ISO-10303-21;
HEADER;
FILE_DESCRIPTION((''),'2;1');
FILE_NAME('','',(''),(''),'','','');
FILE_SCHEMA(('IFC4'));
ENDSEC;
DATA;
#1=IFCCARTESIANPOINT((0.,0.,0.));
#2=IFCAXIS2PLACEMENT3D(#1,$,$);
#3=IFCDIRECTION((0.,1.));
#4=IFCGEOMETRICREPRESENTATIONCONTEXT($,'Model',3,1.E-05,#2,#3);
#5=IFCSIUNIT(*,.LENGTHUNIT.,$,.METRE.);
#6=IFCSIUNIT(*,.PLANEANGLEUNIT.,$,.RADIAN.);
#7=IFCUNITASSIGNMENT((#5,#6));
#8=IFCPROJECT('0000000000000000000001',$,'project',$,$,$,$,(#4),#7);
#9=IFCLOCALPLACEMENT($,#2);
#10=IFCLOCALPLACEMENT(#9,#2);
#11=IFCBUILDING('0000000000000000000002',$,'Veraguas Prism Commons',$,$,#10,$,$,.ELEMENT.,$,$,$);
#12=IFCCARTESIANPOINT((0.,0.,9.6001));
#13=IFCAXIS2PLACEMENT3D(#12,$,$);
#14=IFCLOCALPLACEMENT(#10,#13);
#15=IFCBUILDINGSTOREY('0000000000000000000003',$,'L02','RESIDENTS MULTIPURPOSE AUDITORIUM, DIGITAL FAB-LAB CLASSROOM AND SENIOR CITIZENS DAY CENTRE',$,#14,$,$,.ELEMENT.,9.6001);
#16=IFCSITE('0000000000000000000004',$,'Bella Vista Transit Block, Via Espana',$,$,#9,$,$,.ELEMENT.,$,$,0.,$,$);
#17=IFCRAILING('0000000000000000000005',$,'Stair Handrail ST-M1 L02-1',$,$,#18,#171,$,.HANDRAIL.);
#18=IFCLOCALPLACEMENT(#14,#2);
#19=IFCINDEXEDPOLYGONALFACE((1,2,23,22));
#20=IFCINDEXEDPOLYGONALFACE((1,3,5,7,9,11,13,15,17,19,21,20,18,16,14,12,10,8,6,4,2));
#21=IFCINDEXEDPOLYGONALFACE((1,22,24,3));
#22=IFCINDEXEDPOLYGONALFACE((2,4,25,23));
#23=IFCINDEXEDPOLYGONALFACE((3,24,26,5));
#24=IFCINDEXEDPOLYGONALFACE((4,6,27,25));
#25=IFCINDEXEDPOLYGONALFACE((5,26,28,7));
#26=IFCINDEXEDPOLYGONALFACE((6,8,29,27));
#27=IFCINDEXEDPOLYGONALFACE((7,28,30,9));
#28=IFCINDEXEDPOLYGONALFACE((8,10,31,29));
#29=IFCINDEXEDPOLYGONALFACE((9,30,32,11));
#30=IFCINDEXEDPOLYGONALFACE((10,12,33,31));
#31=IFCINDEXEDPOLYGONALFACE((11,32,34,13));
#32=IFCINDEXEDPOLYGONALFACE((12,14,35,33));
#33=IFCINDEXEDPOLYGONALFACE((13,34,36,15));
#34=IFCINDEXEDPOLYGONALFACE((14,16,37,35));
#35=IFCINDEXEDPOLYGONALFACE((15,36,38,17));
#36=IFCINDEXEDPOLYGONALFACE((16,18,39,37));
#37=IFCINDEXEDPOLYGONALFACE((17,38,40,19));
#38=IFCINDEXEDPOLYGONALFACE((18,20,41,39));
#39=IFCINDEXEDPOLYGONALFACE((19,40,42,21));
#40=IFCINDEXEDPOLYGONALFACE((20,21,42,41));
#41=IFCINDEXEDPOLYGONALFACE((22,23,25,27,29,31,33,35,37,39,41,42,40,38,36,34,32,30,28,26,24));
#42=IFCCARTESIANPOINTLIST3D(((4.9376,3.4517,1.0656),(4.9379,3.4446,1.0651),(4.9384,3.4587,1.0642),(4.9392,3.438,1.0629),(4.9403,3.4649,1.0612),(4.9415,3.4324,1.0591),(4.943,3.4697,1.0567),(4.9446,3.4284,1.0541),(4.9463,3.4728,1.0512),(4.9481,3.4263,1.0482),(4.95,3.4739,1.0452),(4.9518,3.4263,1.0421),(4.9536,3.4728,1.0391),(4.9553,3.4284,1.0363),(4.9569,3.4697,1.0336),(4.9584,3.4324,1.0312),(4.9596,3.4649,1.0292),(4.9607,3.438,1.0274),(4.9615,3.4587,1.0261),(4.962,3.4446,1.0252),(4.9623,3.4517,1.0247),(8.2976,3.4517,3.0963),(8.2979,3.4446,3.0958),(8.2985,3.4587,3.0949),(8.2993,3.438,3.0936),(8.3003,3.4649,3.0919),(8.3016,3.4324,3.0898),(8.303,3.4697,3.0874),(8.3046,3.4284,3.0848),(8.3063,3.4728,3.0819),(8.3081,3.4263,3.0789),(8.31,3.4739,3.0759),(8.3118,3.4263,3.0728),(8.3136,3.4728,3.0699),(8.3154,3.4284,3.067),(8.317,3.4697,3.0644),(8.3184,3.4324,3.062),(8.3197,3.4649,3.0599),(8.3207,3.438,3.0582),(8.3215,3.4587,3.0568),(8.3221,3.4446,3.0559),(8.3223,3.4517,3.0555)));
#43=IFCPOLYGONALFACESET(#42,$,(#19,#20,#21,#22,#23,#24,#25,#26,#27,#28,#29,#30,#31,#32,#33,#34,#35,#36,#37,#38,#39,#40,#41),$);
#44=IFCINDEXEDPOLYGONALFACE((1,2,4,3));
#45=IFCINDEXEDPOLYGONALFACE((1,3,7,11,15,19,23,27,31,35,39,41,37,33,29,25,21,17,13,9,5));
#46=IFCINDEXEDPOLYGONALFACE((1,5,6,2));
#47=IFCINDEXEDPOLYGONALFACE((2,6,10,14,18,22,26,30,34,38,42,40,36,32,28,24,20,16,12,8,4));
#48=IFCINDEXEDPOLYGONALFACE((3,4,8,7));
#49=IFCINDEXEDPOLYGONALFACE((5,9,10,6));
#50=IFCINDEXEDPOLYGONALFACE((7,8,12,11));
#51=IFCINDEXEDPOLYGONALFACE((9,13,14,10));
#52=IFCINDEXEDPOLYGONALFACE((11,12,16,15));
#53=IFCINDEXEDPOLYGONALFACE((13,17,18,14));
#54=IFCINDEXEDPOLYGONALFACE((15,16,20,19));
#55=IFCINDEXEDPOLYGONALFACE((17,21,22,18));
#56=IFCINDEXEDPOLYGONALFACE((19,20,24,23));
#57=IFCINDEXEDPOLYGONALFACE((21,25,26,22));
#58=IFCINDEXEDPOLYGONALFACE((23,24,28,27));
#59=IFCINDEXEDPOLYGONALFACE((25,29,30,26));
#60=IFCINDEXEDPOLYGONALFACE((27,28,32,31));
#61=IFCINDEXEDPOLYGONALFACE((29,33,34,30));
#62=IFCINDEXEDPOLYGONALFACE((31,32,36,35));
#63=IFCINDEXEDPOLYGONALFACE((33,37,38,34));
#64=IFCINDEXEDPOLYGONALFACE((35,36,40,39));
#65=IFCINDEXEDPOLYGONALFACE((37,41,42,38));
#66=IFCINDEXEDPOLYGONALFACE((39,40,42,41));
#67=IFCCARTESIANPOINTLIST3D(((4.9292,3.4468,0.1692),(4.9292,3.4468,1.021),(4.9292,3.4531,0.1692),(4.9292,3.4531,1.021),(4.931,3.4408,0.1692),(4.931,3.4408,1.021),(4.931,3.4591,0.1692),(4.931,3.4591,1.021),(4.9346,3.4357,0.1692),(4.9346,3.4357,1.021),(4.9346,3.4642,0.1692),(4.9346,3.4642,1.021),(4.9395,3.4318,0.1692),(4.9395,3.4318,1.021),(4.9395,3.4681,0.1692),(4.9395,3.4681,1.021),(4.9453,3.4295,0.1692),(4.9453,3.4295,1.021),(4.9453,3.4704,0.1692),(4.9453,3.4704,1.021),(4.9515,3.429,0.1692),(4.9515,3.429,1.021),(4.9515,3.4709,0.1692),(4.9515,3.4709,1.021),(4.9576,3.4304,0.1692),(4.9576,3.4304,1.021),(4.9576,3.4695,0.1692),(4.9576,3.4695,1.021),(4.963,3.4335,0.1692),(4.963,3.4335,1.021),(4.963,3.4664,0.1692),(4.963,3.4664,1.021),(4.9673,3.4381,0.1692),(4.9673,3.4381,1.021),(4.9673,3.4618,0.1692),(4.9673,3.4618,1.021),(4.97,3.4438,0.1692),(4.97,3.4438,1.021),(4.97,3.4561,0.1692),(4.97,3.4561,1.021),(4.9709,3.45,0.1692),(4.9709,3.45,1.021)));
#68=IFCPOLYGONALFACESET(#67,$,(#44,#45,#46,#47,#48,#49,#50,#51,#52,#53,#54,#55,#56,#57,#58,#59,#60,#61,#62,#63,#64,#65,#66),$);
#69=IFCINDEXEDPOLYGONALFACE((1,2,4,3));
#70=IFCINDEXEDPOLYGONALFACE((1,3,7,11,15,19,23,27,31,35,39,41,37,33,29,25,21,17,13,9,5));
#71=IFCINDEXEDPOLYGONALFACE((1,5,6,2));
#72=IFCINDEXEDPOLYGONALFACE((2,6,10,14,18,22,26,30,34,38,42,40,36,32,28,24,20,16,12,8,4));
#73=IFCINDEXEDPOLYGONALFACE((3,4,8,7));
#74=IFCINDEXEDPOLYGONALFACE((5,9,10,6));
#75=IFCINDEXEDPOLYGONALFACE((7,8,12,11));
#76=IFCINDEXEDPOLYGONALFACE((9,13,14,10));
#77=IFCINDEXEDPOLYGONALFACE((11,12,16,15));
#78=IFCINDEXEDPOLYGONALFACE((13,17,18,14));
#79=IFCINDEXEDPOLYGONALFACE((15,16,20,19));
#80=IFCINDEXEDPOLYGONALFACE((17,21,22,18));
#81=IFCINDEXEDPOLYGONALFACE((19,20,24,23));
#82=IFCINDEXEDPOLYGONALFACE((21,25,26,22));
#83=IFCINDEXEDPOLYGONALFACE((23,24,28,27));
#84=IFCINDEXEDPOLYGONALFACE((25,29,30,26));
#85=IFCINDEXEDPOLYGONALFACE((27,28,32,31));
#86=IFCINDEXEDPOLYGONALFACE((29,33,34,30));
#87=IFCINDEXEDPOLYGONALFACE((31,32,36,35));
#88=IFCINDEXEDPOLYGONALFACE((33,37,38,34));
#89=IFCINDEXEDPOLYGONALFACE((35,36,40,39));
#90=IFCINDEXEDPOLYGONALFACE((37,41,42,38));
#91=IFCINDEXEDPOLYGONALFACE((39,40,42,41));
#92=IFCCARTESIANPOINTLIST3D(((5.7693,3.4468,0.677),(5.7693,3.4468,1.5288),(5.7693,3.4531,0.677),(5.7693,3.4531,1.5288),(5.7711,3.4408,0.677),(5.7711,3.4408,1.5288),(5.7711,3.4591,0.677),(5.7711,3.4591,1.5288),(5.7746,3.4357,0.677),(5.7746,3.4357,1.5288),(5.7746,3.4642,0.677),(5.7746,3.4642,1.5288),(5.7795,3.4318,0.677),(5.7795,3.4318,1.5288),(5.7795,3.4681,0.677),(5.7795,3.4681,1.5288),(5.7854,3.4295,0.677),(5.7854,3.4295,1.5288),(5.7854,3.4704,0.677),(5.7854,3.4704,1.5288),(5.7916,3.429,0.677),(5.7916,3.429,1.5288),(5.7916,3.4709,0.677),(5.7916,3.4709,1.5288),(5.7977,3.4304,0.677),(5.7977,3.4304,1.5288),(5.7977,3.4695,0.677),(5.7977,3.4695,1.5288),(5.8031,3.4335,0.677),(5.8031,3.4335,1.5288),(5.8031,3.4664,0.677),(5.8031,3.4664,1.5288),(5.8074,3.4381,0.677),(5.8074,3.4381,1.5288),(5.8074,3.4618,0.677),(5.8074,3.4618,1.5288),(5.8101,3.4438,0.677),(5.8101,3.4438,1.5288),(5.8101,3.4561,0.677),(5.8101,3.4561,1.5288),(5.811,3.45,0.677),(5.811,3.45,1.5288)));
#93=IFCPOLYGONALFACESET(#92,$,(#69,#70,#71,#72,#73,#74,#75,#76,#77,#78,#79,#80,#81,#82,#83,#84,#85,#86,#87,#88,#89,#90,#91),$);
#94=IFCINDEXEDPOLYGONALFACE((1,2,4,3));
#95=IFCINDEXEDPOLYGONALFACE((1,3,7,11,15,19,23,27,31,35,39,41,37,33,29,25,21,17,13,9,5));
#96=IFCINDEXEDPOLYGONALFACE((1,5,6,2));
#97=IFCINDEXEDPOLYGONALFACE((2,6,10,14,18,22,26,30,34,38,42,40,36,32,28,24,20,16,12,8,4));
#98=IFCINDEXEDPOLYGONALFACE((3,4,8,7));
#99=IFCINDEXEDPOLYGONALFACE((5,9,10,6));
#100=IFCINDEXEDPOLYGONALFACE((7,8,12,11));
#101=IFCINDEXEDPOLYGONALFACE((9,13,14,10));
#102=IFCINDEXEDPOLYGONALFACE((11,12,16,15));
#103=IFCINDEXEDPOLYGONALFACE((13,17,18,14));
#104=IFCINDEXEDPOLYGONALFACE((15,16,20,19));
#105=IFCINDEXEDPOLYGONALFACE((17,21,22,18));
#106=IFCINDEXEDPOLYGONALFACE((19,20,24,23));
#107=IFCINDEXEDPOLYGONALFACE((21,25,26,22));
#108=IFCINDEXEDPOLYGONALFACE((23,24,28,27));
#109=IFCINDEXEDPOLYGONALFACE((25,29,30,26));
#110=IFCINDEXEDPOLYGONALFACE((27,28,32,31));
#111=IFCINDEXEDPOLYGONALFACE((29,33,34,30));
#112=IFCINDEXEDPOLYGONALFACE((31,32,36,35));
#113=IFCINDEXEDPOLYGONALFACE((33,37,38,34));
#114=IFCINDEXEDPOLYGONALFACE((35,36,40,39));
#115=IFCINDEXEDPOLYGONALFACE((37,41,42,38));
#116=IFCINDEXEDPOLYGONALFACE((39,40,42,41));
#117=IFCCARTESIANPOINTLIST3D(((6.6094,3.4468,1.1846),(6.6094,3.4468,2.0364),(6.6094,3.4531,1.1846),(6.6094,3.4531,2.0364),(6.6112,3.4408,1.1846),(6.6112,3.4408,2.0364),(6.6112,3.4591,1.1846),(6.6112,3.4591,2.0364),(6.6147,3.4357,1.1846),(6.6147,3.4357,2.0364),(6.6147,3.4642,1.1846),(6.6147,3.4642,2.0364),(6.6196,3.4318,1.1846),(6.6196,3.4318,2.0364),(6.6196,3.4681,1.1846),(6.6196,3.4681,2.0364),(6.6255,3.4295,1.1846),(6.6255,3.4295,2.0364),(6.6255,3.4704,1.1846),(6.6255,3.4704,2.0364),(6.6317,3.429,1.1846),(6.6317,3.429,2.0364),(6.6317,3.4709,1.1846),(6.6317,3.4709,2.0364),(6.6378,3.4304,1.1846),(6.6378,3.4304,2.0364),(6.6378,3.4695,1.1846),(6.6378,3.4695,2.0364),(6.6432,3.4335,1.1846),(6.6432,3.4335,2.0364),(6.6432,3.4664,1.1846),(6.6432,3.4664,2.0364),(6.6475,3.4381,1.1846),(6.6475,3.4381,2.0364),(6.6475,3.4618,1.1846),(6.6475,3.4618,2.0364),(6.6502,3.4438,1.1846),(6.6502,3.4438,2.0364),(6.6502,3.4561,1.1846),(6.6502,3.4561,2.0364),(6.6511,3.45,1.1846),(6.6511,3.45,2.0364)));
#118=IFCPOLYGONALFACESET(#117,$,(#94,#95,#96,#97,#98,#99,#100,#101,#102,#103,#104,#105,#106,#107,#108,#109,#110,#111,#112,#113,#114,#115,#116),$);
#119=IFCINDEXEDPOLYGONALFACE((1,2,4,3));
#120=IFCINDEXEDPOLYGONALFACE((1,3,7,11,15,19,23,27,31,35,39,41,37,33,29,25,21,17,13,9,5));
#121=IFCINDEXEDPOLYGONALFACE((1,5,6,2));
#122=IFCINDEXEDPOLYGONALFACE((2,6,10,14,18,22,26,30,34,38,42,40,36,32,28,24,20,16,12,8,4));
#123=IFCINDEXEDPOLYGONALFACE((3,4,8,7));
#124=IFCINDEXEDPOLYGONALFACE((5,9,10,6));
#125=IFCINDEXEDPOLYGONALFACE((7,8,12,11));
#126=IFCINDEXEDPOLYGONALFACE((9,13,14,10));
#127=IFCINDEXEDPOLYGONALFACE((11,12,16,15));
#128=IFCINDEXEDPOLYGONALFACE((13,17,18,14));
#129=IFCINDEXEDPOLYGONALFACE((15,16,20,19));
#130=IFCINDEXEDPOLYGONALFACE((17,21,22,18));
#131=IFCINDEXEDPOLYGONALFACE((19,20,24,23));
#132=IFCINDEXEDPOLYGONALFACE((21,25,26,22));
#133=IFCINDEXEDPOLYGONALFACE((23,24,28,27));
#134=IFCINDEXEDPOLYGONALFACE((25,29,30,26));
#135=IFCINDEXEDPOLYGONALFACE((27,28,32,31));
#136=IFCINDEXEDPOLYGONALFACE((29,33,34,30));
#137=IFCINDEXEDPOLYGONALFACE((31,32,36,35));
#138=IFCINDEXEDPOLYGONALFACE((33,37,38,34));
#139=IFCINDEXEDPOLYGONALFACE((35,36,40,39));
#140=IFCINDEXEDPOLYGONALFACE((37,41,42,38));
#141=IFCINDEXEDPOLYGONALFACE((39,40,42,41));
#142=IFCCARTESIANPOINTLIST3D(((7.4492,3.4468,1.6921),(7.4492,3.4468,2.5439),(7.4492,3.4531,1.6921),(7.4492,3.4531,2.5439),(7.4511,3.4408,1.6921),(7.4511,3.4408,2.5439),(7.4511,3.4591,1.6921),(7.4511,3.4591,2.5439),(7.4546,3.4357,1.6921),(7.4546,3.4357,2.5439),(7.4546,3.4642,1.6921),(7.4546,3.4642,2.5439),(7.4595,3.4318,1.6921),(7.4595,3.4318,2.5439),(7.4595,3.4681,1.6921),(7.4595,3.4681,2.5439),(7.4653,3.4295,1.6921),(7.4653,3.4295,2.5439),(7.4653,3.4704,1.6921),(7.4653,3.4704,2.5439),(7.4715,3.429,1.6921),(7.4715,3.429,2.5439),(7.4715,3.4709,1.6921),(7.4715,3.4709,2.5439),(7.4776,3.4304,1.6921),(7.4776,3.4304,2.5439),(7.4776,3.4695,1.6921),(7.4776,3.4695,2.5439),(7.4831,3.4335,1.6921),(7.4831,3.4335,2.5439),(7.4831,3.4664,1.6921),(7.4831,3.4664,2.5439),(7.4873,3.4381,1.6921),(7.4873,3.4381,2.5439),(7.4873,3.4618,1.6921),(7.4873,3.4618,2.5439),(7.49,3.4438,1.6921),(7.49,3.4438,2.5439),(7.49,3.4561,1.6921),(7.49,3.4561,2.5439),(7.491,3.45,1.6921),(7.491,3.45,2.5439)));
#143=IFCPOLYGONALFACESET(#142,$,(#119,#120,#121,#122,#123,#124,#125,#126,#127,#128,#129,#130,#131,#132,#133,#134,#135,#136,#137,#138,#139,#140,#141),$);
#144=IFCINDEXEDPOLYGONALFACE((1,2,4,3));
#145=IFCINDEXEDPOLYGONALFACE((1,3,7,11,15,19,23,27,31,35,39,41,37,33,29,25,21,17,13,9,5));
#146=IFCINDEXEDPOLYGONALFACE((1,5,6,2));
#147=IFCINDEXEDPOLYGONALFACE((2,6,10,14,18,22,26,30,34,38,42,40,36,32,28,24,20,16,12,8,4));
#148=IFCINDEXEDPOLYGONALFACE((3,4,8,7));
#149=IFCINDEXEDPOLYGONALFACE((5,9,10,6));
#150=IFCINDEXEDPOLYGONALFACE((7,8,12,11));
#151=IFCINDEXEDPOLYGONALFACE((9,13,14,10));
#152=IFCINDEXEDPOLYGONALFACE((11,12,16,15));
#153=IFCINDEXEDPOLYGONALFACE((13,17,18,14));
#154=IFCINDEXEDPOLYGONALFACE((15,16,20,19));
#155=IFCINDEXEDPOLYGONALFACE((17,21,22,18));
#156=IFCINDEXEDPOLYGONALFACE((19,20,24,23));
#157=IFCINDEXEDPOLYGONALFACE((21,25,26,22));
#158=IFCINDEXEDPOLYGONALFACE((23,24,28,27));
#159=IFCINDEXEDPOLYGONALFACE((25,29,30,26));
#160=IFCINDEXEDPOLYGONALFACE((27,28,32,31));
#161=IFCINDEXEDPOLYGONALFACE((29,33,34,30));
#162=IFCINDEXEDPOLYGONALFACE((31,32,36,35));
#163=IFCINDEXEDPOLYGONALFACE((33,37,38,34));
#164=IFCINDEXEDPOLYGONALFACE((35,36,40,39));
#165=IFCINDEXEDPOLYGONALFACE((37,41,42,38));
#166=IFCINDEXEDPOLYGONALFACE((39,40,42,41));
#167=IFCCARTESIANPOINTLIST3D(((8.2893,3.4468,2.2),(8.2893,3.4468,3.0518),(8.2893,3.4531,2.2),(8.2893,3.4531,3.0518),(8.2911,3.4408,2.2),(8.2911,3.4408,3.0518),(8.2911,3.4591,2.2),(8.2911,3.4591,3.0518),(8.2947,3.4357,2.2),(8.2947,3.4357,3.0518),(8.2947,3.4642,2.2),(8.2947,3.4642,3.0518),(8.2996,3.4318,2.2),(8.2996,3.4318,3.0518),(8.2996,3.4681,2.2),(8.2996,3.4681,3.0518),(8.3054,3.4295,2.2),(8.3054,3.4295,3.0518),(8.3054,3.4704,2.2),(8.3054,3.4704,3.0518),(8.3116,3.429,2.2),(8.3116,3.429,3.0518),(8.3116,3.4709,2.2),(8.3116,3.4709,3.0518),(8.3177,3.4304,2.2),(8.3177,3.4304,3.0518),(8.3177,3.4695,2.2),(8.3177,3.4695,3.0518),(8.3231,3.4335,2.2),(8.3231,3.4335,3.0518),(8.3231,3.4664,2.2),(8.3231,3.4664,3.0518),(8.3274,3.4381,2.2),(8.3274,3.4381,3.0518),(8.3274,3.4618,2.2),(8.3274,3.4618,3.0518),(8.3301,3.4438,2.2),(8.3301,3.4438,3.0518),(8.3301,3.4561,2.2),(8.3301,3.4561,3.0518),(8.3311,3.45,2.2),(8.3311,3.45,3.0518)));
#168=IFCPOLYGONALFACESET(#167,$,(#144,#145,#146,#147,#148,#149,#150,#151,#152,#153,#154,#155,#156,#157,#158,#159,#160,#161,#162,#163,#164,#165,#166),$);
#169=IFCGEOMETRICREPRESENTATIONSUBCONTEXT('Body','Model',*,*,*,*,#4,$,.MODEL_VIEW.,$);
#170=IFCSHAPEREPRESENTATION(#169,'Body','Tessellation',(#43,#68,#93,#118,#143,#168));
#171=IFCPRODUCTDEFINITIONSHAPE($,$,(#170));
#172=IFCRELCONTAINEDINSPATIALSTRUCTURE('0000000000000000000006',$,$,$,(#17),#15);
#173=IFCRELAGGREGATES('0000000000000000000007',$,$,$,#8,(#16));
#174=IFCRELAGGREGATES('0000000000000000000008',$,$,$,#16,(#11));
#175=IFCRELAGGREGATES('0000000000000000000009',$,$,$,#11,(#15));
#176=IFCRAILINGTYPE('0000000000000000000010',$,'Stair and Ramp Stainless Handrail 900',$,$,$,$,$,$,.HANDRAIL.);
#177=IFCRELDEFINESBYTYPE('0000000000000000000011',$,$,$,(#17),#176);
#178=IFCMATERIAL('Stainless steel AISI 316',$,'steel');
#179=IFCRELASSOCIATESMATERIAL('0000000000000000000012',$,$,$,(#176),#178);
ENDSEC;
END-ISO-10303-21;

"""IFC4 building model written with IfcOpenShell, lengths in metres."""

from ifc_helpers import new_model, si_unit, direction, frame, origin, origin_2d, place, context, subcontext, project, spatial, circle, extrude, material, type_object, element, save


model = new_model("IFC4")

# Units and contexts
model_context = context("Model", 3, precision=1e-05, world=origin(), true_north=direction((0.0, 1.0)))
body_context = subcontext(model_context, "Body", "Model", "MODEL_VIEW")
ifc_project = project(units=[si_unit("LENGTHUNIT", "METRE"), si_unit("PLANEANGLEUNIT", "RADIAN")], contexts=[model_context])

# Site, building, storey
site_placement = place(None, origin())
site = spatial("IfcSite", under=ifc_project, at=site_placement, Name="Bella Vista Transit Block, Via Espana", CompositionType="ELEMENT", RefElevation=0.0)
building_placement = place(site_placement, origin())
building = spatial("IfcBuilding", under=site, at=building_placement, Name="Veraguas Prism Commons", CompositionType="ELEMENT")
storey_placement = place(building_placement, frame((0.0, 0.0, 9.6001)))
storey = spatial("IfcBuildingStorey", under=building, at=storey_placement, Name="L02", Description="RESIDENTS MULTIPURPOSE AUDITORIUM, DIGITAL FAB-LAB CLASSROOM AND SENIOR CITIZENS DAY CENTRE", CompositionType="ELEMENT", Elevation=9.6001)

# Railing
ifc_material_1 = material(Name="Stainless steel AISI 316", Category="steel")
railing_type_1 = type_object("IfcRailingType", Name="Stair and Ramp Stainless Handrail 900", PredefinedType="HANDRAIL", material=ifc_material_1)
railing_1_placement = place(storey_placement, frame((4.95, 3.45, 0.1692)))
element("IfcRailing", 1, at=railing_1_placement, inside=storey, type_object=railing_type_1, Name="Stair Handrail ST-M1 L02-1", PredefinedType="HANDRAIL", context=body_context, shape_type="SweptSolid", body=[
    extrude(circle(Radius=0.0239, at=origin_2d()), frame((0.0, 0.0, 0.876), z_axis=(0.855837, 0.0, 0.517246), x_axis=(0.0, 1.0, 0.0)), (0.0, 0.0, 1.0), 3.926),
    extrude(circle(Radius=0.021, at=origin_2d()), origin(), (0.0, 0.0, 1.0), 0.8518),
    extrude(circle(Radius=0.021, at=origin_2d()), frame((0.8401, 0.0, 0.5078)), (0.0, 0.0, 1.0), 0.8518),
    extrude(circle(Radius=0.021, at=origin_2d()), frame((1.6802, 0.0, 1.0154)), (0.0, 0.0, 1.0), 0.8518),
    extrude(circle(Radius=0.021, at=origin_2d()), frame((2.52, 0.0, 1.5229)), (0.0, 0.0, 1.0), 0.8518),
    extrude(circle(Radius=0.021, at=origin_2d()), frame((3.3601, 0.0, 2.0308)), (0.0, 0.0, 1.0), 0.8518),
])

save(model, "model.ifc")
